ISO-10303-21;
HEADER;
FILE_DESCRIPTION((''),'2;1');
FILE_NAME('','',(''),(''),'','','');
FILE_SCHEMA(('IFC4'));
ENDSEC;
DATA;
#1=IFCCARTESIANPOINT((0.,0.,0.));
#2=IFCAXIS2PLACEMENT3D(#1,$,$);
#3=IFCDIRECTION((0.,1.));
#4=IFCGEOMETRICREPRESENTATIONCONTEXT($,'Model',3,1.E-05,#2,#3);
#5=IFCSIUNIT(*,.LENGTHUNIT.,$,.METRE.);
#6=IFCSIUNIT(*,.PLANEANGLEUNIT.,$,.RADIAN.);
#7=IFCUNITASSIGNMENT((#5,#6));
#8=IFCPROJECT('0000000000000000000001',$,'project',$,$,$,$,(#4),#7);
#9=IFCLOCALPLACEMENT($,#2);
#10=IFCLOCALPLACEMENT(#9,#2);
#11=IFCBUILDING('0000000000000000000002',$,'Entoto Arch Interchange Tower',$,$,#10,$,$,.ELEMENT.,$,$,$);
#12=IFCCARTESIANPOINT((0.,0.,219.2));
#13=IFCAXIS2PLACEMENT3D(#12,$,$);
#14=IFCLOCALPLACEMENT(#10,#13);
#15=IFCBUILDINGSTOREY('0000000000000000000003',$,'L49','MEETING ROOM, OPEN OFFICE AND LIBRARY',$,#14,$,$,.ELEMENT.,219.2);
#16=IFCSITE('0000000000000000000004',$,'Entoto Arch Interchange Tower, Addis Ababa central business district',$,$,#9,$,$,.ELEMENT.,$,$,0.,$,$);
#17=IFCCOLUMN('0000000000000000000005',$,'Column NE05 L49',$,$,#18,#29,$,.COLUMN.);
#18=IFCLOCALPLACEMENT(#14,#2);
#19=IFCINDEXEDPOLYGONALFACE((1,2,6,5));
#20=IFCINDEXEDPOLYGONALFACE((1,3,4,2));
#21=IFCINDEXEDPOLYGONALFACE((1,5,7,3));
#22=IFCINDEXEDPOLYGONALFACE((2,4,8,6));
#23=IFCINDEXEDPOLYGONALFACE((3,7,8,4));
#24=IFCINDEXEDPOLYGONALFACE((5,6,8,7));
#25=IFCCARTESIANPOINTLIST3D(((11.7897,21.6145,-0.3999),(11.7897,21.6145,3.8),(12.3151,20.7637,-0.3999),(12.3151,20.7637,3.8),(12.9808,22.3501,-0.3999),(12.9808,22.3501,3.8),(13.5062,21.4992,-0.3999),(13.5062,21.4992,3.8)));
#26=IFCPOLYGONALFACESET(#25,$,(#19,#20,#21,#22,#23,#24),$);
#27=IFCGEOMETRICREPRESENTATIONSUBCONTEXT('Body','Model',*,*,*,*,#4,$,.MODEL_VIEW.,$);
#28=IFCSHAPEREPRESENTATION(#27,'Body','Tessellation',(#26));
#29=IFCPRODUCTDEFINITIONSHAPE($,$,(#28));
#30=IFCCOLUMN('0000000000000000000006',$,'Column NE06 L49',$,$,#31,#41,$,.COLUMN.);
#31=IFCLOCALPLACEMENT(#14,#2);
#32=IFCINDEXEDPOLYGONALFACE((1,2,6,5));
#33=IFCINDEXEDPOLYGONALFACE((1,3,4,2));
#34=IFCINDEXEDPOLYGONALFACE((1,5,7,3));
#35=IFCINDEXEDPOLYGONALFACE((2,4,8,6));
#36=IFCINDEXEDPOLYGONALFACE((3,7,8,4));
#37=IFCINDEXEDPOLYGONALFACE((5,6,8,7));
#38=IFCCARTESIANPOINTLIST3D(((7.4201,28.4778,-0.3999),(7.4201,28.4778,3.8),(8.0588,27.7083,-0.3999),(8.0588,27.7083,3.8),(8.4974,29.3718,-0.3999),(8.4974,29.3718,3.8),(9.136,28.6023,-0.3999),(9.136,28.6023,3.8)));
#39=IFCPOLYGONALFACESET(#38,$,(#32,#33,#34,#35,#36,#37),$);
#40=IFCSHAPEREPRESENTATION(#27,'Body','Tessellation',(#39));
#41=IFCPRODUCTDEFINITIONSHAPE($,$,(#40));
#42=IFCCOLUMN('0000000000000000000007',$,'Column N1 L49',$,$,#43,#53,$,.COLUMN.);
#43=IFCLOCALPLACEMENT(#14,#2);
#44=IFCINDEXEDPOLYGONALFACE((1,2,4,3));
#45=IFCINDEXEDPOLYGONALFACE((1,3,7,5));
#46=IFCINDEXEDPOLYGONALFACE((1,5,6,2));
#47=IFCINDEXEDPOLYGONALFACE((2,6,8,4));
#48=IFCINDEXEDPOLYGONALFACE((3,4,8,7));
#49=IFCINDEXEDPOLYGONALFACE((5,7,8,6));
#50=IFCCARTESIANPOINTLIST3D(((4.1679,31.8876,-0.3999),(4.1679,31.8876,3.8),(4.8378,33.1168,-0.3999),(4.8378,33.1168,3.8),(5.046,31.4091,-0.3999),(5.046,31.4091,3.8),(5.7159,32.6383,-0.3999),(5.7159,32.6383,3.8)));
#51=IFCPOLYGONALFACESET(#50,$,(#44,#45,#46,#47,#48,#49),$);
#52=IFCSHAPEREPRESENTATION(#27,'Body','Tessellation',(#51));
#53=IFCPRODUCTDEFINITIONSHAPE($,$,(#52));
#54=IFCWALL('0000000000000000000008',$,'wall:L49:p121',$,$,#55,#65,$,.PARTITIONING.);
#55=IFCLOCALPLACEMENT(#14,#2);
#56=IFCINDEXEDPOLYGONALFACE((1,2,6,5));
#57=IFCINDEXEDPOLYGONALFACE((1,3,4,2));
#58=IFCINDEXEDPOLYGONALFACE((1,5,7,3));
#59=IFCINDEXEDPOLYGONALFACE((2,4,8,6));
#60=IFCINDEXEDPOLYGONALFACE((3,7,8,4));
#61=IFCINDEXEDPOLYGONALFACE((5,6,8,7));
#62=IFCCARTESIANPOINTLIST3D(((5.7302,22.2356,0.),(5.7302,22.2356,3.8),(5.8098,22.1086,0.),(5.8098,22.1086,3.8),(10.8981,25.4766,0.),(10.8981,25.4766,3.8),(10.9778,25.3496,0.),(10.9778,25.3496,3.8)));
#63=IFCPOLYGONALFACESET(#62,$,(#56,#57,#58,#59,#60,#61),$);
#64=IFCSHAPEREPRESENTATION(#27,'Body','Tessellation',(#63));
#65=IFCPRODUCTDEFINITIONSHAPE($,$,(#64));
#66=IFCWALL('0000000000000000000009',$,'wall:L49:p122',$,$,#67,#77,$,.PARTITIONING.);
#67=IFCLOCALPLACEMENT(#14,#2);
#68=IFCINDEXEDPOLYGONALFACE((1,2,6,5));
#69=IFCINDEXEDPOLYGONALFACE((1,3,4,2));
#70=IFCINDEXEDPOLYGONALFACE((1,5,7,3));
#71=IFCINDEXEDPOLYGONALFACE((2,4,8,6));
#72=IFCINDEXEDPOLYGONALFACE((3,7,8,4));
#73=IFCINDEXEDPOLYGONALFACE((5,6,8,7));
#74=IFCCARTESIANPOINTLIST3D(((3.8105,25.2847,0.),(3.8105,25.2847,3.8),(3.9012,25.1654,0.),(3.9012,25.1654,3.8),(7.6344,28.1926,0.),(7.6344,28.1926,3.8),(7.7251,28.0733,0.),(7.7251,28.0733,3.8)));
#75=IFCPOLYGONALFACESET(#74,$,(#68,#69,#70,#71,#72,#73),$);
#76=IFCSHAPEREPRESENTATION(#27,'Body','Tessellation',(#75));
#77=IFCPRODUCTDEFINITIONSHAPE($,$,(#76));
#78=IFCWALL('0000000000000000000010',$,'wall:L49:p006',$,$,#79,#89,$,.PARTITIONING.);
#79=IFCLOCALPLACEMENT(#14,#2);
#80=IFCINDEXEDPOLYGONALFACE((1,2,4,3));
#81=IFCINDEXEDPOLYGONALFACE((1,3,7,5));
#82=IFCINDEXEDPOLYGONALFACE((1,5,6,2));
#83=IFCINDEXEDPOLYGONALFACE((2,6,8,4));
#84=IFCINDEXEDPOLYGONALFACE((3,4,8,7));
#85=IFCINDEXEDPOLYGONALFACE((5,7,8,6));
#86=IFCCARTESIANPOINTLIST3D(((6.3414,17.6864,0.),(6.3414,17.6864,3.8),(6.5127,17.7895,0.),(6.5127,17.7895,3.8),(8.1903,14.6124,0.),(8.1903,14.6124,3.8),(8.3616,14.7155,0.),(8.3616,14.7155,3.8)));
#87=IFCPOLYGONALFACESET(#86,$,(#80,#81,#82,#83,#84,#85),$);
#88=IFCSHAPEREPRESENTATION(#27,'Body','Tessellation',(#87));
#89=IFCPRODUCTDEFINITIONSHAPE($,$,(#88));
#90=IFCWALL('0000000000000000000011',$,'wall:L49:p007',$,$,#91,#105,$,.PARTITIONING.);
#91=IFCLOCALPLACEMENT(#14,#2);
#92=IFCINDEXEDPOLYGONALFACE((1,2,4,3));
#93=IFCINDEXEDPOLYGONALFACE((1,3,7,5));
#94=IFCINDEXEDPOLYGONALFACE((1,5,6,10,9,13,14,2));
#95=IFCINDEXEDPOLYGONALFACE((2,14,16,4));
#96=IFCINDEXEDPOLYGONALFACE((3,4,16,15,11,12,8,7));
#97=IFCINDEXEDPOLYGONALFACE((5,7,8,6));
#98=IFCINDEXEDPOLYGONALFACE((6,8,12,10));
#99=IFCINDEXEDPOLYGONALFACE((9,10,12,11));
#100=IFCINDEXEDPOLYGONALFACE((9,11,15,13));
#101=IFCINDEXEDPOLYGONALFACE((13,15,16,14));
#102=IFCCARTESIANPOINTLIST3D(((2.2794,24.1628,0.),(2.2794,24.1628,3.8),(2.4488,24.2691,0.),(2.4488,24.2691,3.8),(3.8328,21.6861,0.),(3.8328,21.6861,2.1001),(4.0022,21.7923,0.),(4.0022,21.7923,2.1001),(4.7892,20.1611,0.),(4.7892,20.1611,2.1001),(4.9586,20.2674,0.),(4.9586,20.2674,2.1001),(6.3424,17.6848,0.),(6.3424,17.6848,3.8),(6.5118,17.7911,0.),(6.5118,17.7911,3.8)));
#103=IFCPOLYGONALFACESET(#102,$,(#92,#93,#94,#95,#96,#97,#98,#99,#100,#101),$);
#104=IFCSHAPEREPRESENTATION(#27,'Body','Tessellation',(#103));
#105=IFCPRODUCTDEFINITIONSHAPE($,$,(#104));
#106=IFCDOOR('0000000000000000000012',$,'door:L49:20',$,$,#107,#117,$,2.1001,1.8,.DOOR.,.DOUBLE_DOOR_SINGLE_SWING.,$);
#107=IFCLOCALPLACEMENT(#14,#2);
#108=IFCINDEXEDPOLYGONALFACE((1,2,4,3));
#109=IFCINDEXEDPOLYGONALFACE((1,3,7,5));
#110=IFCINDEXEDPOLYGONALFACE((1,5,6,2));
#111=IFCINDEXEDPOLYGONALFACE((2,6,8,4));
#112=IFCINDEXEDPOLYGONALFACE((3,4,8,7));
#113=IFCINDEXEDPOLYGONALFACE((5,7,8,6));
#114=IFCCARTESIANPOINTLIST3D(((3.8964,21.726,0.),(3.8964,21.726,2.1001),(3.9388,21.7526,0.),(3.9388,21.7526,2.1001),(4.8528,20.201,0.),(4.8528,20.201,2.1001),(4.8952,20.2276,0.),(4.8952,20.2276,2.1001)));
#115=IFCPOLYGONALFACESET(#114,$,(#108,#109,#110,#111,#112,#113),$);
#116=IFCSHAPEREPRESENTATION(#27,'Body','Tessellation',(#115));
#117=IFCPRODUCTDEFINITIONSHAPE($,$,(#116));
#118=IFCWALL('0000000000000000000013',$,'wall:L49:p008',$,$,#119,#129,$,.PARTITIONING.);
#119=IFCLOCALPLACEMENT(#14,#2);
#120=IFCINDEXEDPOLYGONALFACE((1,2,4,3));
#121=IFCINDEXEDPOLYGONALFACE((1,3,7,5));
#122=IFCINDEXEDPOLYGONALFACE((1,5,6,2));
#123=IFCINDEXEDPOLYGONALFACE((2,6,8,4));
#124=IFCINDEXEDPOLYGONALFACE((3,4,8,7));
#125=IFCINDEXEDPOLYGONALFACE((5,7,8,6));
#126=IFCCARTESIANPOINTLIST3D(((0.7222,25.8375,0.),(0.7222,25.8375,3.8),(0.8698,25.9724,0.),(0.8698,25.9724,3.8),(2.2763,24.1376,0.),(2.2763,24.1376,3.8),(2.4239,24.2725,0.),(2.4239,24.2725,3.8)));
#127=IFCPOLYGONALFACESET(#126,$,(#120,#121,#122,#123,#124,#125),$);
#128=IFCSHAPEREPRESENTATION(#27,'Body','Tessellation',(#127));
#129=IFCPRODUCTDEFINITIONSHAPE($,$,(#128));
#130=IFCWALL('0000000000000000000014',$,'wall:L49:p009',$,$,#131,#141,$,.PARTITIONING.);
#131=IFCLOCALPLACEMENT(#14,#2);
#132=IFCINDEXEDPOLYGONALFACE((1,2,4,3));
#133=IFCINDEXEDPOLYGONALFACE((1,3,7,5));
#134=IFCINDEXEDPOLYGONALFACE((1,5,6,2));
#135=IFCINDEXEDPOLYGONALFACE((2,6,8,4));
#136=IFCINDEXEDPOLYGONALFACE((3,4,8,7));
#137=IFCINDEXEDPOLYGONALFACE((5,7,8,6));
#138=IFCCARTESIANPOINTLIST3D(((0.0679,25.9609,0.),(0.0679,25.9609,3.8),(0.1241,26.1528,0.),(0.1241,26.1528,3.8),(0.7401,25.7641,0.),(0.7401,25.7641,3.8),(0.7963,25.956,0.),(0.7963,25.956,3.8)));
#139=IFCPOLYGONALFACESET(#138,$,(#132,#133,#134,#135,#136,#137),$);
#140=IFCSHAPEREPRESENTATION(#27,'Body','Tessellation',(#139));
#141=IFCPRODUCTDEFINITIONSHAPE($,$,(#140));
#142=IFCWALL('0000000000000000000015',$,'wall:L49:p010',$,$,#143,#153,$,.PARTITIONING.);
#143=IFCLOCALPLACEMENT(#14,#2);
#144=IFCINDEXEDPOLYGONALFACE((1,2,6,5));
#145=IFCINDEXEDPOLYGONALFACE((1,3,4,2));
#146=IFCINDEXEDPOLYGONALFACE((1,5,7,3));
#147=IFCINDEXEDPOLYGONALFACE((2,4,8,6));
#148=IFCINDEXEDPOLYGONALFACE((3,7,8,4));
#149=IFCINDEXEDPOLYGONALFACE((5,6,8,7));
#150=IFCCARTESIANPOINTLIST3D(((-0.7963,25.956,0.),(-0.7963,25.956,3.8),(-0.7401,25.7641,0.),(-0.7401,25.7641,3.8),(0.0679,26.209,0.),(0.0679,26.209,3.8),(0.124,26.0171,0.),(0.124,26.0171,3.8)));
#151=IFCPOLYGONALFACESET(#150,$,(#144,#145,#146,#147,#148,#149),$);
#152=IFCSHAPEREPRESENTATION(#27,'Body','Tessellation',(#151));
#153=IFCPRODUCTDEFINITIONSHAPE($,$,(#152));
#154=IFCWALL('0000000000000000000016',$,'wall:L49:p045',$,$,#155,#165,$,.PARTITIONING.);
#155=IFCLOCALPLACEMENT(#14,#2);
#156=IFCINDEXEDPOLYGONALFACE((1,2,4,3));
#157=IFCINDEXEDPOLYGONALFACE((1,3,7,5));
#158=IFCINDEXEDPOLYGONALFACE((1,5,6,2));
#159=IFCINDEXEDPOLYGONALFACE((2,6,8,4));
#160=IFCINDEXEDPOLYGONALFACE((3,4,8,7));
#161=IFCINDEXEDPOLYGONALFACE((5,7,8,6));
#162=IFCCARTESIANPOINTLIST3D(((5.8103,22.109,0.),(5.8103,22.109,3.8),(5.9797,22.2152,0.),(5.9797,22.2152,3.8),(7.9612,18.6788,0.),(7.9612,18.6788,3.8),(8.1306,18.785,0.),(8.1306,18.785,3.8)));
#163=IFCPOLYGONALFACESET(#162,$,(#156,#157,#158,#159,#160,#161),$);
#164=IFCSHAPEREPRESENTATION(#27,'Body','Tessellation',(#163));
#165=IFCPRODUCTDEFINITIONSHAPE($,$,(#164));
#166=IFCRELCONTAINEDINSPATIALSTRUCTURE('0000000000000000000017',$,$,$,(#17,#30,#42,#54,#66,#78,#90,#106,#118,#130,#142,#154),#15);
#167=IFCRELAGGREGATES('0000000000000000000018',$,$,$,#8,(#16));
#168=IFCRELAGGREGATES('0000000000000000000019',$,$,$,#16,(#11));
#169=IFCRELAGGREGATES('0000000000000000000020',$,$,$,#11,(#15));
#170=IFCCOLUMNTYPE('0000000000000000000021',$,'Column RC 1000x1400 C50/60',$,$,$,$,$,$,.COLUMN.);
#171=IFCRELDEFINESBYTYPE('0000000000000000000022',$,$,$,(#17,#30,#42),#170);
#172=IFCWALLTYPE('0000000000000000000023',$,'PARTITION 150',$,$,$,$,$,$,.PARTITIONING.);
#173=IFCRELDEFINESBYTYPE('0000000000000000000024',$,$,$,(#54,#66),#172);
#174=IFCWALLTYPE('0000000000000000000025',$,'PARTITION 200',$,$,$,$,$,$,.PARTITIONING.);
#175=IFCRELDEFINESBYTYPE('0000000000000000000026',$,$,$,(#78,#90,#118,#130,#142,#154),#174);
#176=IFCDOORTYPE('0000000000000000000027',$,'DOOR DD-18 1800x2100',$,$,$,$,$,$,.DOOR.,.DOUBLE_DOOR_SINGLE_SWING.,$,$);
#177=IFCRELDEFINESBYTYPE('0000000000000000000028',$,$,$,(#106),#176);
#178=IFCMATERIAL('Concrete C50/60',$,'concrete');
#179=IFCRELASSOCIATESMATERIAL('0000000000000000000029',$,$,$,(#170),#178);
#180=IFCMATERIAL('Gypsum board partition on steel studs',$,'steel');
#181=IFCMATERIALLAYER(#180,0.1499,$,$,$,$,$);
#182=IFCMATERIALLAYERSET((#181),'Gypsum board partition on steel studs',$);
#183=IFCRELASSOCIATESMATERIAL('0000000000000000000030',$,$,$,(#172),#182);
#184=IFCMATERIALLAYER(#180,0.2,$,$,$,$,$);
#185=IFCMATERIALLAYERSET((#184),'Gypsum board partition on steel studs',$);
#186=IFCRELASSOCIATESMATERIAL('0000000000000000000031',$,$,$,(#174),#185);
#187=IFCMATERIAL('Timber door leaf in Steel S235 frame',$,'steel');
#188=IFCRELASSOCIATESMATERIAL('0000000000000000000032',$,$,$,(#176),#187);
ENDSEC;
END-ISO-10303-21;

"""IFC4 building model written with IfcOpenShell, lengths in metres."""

from ifc_helpers import new_model, si_unit, direction, frame, frame_2d, origin, origin_2d, place, context, subcontext, project, spatial, rectangle, extrude, material, layer, layer_set, material_profile, profile_set, type_object, element, fill, save


model = new_model("IFC4")

# Units and contexts
model_context = context("Model", 3, precision=1e-05, world=origin(), true_north=direction((0.0, 1.0)))
body_context = subcontext(model_context, "Body", "Model", "MODEL_VIEW")
ifc_project = project(units=[si_unit("LENGTHUNIT", "METRE"), si_unit("PLANEANGLEUNIT", "RADIAN")], contexts=[model_context])

# Site, building, storey
site_placement = place(None, origin())
site = spatial("IfcSite", under=ifc_project, at=site_placement, Name="Entoto Arch Interchange Tower, Addis Ababa central business district", CompositionType="ELEMENT", RefElevation=0.0)
building_placement = place(site_placement, origin())
building = spatial("IfcBuilding", under=site, at=building_placement, Name="Entoto Arch Interchange Tower", CompositionType="ELEMENT")
storey_placement = place(building_placement, frame((0.0, 0.0, 219.2)))
storey = spatial("IfcBuildingStorey", under=building, at=storey_placement, Name="L49", Description="MEETING ROOM, OPEN OFFICE AND LIBRARY", CompositionType="ELEMENT", Elevation=219.2)

# Columns
ifc_material_1 = material(Name="Concrete C50/60", Category="concrete")
ifc_material_profile = material_profile(ifc_material_1, rectangle(XDim=1.0, YDim=1.3999, at=origin_2d()))
ifc_profile_set = profile_set([ifc_material_profile], Name="Concrete C50/60")
column_type = type_object("IfcColumnType", Name="Column RC 1000x1400 C50/60", PredefinedType="COLUMN", material=ifc_profile_set)
for number, where, z_axis, x_axis, name in (
    (1, (12.6479, 21.5569, -0.3999), (0.0, 0.0, 1.0), (-0.525427, 0.850839, 0.0), "Column NE05 L49"),
    (2, (8.2781, 28.54, -0.3999), (0.0, 0.0, 1.0), (-0.63866, 0.769489, 0.0), "Column NE06 L49"),
    (3, (4.9419, 32.2629, -0.3999), (0.0, 0.0, 1.0), (-0.8781, 0.478477, 0.0), "Column N1 L49"),
):
    element("IfcColumn", number, at=place(storey_placement, frame(where, z_axis=z_axis, x_axis=x_axis)), inside=storey, type_object=column_type, Name=name, PredefinedType="COLUMN", context=body_context, shape_type="SweptSolid", body=[
        extrude(rectangle(XDim=1.0, YDim=1.3999, at=origin_2d()), origin(), (0.0, 0.0, 1.0), 4.2),
    ])

# Walls
ifc_material_2 = material(Name="Gypsum board partition on steel studs", Category="steel")
ifc_layer_1 = layer(ifc_material_2, 0.1499)
ifc_layer_set_1 = layer_set([ifc_layer_1], Name="Gypsum board partition on steel studs")
wall_type_1 = type_object("IfcWallType", Name="PARTITION 150", PredefinedType="PARTITIONING", material=ifc_layer_set_1)
wall_1_placement = place(storey_placement, frame((5.77, 22.1721, 0.0), z_axis=(0.0, 0.0, 1.0), x_axis=(0.847188, 0.531293, 0.0)))
element("IfcWall", 4, at=wall_1_placement, inside=storey, type_object=wall_type_1, Name="wall:L49:p121", PredefinedType="PARTITIONING", context=body_context, shape_type="SweptSolid", body=[
    extrude(rectangle(XDim=6.1001, YDim=0.1499, at=frame_2d((3.05, 0.0))), origin(), (0.0, 0.0, 1.0), 3.8),
])
wall_2_placement = place(storey_placement, frame((3.856, 25.2251, 0.0), z_axis=(0.0, 0.0, 1.0), x_axis=(0.795988, 0.605313, 0.0)))
element("IfcWall", 5, at=wall_2_placement, inside=storey, type_object=wall_type_1, Name="wall:L49:p122", PredefinedType="PARTITIONING", context=body_context, shape_type="SweptSolid", body=[
    extrude(rectangle(XDim=4.804, YDim=0.1499, at=frame_2d((2.4019, 0.0))), origin(), (0.0, 0.0, 1.0), 3.8),
])
ifc_layer_2 = layer(ifc_material_2, 0.2)
ifc_layer_set_2 = layer_set([ifc_layer_2], Name="Gypsum board partition on steel studs")
wall_type_2 = type_object("IfcWallType", Name="PARTITION 200", PredefinedType="PARTITIONING", material=ifc_layer_set_2)
wall_3_placement = place(storey_placement, frame((8.2759, 14.6641, 0.0), z_axis=(0.0, 0.0, 1.0), x_axis=(-0.515416, 0.85694, 0.0)))
element("IfcWall", 6, at=wall_3_placement, inside=storey, type_object=wall_type_2, Name="wall:L49:p006", PredefinedType="PARTITIONING", context=body_context, shape_type="SweptSolid", body=[
    extrude(rectangle(XDim=3.5872, YDim=0.2, at=frame_2d((1.7935, 0.0))), origin(), (0.0, 0.0, 1.0), 3.8),
])

# Wall, opening, door
wall_4_placement = place(storey_placement, frame((6.427, 17.738, 0.0), z_axis=(0.0, 0.0, 1.0), x_axis=(-0.531336, 0.847161, 0.0)))
wall_4 = element("IfcWall", 7, at=wall_4_placement, inside=storey, type_object=wall_type_2, Name="wall:L49:p007", PredefinedType="PARTITIONING", context=body_context, shape_type="SweptSolid", body=[
    extrude(rectangle(XDim=7.6467, YDim=0.2, at=frame_2d((3.8232, 0.0))), origin(), (0.0, 0.0, 1.0), 3.8),
])
opening_1_placement = place(wall_4_placement, frame((2.9231, 0.0, 0.0)))
opening_1 = element("IfcOpeningElement", 8, at=opening_1_placement, cuts=wall_4, PredefinedType="OPENING", context=body_context, shape_type="SweptSolid", body=[
    extrude(rectangle(XDim=1.8, YDim=2.1001, at=frame_2d((0.8999, 1.05))), frame((0.0, 0.1099, 0.0), z_axis=(0.0, -1.0, 0.0), x_axis=(1.0, 0.0, 0.0)), (0.0, 0.0, 1.0), 0.22),
])
ifc_material_3 = material(Name="Timber door leaf in Steel S235 frame", Category="steel")
door_type_1 = type_object("IfcDoorType", Name="DOOR DD-18 1800x2100", OperationType="DOUBLE_DOOR_SINGLE_SWING", PredefinedType="DOOR", material=ifc_material_3)
door_1_placement = place(opening_1_placement, origin())
door_1 = element("IfcDoor", 9, at=door_1_placement, inside=storey, type_object=door_type_1, Name="door:L49:20", OperationType="DOUBLE_DOOR_SINGLE_SWING", OverallHeight=2.1001, OverallWidth=1.8, PredefinedType="DOOR", context=body_context, shape_type="SweptSolid", body=[
    extrude(rectangle(XDim=1.8, YDim=2.1001, at=frame_2d((0.8999, 1.05))), frame((0.0, 0.0249, 0.0), z_axis=(0.0, -1.0, 0.0), x_axis=(1.0, 0.0, 0.0)), (0.0, 0.0, 1.0), 0.05),
])
fill(opening_1, door_1)

# Walls
wall_5_placement = place(storey_placement, frame((2.3501, 24.2051, 0.0), z_axis=(0.0, 0.0, 1.0), x_axis=(-0.674759, 0.738038, 0.0)))
element("IfcWall", 10, at=wall_5_placement, inside=storey, type_object=wall_type_2, Name="wall:L49:p008", PredefinedType="PARTITIONING", context=body_context, shape_type="SweptSolid", body=[
    extrude(rectangle(XDim=2.3032, YDim=0.2, at=frame_2d((1.1516, 0.0))), origin(), (0.0, 0.0, 1.0), 3.8),
])
wall_6_placement = place(storey_placement, frame((0.7681, 25.8601, 0.0), z_axis=(0.0, 0.0, 1.0), x_axis=(-0.959714, 0.280977, 0.0)))
element("IfcWall", 11, at=wall_6_placement, inside=storey, type_object=wall_type_2, Name="wall:L49:p009", PredefinedType="PARTITIONING", context=body_context, shape_type="SweptSolid", body=[
    extrude(rectangle(XDim=0.7004, YDim=0.2, at=frame_2d((0.3501, 0.0))), origin(), (0.0, 0.0, 1.0), 3.8),
])
wall_7_placement = place(storey_placement, frame((0.0959, 26.113, 0.0), z_axis=(0.0, 0.0, 1.0), x_axis=(-0.959723, -0.280947, 0.0)))
element("IfcWall", 12, at=wall_7_placement, inside=storey, type_object=wall_type_2, Name="wall:L49:p010", PredefinedType="PARTITIONING", context=body_context, shape_type="SweptSolid", body=[
    extrude(rectangle(XDim=0.9004, YDim=0.2, at=frame_2d((0.4502, 0.0))), origin(), (0.0, 0.0, 1.0), 3.8),
])
wall_8_placement = place(storey_placement, frame((5.895, 22.1621, 0.0), z_axis=(0.0, 0.0, 1.0), x_axis=(0.531245, -0.847218, 0.0)))
element("IfcWall", 13, at=wall_8_placement, inside=storey, type_object=wall_type_2, Name="wall:L49:p045", PredefinedType="PARTITIONING", context=body_context, shape_type="SweptSolid", body=[
    extrude(rectangle(XDim=4.0488, YDim=0.2, at=frame_2d((2.0244, 0.0))), origin(), (0.0, 0.0, 1.0), 3.8),
])

save(model, "model.ifc")
